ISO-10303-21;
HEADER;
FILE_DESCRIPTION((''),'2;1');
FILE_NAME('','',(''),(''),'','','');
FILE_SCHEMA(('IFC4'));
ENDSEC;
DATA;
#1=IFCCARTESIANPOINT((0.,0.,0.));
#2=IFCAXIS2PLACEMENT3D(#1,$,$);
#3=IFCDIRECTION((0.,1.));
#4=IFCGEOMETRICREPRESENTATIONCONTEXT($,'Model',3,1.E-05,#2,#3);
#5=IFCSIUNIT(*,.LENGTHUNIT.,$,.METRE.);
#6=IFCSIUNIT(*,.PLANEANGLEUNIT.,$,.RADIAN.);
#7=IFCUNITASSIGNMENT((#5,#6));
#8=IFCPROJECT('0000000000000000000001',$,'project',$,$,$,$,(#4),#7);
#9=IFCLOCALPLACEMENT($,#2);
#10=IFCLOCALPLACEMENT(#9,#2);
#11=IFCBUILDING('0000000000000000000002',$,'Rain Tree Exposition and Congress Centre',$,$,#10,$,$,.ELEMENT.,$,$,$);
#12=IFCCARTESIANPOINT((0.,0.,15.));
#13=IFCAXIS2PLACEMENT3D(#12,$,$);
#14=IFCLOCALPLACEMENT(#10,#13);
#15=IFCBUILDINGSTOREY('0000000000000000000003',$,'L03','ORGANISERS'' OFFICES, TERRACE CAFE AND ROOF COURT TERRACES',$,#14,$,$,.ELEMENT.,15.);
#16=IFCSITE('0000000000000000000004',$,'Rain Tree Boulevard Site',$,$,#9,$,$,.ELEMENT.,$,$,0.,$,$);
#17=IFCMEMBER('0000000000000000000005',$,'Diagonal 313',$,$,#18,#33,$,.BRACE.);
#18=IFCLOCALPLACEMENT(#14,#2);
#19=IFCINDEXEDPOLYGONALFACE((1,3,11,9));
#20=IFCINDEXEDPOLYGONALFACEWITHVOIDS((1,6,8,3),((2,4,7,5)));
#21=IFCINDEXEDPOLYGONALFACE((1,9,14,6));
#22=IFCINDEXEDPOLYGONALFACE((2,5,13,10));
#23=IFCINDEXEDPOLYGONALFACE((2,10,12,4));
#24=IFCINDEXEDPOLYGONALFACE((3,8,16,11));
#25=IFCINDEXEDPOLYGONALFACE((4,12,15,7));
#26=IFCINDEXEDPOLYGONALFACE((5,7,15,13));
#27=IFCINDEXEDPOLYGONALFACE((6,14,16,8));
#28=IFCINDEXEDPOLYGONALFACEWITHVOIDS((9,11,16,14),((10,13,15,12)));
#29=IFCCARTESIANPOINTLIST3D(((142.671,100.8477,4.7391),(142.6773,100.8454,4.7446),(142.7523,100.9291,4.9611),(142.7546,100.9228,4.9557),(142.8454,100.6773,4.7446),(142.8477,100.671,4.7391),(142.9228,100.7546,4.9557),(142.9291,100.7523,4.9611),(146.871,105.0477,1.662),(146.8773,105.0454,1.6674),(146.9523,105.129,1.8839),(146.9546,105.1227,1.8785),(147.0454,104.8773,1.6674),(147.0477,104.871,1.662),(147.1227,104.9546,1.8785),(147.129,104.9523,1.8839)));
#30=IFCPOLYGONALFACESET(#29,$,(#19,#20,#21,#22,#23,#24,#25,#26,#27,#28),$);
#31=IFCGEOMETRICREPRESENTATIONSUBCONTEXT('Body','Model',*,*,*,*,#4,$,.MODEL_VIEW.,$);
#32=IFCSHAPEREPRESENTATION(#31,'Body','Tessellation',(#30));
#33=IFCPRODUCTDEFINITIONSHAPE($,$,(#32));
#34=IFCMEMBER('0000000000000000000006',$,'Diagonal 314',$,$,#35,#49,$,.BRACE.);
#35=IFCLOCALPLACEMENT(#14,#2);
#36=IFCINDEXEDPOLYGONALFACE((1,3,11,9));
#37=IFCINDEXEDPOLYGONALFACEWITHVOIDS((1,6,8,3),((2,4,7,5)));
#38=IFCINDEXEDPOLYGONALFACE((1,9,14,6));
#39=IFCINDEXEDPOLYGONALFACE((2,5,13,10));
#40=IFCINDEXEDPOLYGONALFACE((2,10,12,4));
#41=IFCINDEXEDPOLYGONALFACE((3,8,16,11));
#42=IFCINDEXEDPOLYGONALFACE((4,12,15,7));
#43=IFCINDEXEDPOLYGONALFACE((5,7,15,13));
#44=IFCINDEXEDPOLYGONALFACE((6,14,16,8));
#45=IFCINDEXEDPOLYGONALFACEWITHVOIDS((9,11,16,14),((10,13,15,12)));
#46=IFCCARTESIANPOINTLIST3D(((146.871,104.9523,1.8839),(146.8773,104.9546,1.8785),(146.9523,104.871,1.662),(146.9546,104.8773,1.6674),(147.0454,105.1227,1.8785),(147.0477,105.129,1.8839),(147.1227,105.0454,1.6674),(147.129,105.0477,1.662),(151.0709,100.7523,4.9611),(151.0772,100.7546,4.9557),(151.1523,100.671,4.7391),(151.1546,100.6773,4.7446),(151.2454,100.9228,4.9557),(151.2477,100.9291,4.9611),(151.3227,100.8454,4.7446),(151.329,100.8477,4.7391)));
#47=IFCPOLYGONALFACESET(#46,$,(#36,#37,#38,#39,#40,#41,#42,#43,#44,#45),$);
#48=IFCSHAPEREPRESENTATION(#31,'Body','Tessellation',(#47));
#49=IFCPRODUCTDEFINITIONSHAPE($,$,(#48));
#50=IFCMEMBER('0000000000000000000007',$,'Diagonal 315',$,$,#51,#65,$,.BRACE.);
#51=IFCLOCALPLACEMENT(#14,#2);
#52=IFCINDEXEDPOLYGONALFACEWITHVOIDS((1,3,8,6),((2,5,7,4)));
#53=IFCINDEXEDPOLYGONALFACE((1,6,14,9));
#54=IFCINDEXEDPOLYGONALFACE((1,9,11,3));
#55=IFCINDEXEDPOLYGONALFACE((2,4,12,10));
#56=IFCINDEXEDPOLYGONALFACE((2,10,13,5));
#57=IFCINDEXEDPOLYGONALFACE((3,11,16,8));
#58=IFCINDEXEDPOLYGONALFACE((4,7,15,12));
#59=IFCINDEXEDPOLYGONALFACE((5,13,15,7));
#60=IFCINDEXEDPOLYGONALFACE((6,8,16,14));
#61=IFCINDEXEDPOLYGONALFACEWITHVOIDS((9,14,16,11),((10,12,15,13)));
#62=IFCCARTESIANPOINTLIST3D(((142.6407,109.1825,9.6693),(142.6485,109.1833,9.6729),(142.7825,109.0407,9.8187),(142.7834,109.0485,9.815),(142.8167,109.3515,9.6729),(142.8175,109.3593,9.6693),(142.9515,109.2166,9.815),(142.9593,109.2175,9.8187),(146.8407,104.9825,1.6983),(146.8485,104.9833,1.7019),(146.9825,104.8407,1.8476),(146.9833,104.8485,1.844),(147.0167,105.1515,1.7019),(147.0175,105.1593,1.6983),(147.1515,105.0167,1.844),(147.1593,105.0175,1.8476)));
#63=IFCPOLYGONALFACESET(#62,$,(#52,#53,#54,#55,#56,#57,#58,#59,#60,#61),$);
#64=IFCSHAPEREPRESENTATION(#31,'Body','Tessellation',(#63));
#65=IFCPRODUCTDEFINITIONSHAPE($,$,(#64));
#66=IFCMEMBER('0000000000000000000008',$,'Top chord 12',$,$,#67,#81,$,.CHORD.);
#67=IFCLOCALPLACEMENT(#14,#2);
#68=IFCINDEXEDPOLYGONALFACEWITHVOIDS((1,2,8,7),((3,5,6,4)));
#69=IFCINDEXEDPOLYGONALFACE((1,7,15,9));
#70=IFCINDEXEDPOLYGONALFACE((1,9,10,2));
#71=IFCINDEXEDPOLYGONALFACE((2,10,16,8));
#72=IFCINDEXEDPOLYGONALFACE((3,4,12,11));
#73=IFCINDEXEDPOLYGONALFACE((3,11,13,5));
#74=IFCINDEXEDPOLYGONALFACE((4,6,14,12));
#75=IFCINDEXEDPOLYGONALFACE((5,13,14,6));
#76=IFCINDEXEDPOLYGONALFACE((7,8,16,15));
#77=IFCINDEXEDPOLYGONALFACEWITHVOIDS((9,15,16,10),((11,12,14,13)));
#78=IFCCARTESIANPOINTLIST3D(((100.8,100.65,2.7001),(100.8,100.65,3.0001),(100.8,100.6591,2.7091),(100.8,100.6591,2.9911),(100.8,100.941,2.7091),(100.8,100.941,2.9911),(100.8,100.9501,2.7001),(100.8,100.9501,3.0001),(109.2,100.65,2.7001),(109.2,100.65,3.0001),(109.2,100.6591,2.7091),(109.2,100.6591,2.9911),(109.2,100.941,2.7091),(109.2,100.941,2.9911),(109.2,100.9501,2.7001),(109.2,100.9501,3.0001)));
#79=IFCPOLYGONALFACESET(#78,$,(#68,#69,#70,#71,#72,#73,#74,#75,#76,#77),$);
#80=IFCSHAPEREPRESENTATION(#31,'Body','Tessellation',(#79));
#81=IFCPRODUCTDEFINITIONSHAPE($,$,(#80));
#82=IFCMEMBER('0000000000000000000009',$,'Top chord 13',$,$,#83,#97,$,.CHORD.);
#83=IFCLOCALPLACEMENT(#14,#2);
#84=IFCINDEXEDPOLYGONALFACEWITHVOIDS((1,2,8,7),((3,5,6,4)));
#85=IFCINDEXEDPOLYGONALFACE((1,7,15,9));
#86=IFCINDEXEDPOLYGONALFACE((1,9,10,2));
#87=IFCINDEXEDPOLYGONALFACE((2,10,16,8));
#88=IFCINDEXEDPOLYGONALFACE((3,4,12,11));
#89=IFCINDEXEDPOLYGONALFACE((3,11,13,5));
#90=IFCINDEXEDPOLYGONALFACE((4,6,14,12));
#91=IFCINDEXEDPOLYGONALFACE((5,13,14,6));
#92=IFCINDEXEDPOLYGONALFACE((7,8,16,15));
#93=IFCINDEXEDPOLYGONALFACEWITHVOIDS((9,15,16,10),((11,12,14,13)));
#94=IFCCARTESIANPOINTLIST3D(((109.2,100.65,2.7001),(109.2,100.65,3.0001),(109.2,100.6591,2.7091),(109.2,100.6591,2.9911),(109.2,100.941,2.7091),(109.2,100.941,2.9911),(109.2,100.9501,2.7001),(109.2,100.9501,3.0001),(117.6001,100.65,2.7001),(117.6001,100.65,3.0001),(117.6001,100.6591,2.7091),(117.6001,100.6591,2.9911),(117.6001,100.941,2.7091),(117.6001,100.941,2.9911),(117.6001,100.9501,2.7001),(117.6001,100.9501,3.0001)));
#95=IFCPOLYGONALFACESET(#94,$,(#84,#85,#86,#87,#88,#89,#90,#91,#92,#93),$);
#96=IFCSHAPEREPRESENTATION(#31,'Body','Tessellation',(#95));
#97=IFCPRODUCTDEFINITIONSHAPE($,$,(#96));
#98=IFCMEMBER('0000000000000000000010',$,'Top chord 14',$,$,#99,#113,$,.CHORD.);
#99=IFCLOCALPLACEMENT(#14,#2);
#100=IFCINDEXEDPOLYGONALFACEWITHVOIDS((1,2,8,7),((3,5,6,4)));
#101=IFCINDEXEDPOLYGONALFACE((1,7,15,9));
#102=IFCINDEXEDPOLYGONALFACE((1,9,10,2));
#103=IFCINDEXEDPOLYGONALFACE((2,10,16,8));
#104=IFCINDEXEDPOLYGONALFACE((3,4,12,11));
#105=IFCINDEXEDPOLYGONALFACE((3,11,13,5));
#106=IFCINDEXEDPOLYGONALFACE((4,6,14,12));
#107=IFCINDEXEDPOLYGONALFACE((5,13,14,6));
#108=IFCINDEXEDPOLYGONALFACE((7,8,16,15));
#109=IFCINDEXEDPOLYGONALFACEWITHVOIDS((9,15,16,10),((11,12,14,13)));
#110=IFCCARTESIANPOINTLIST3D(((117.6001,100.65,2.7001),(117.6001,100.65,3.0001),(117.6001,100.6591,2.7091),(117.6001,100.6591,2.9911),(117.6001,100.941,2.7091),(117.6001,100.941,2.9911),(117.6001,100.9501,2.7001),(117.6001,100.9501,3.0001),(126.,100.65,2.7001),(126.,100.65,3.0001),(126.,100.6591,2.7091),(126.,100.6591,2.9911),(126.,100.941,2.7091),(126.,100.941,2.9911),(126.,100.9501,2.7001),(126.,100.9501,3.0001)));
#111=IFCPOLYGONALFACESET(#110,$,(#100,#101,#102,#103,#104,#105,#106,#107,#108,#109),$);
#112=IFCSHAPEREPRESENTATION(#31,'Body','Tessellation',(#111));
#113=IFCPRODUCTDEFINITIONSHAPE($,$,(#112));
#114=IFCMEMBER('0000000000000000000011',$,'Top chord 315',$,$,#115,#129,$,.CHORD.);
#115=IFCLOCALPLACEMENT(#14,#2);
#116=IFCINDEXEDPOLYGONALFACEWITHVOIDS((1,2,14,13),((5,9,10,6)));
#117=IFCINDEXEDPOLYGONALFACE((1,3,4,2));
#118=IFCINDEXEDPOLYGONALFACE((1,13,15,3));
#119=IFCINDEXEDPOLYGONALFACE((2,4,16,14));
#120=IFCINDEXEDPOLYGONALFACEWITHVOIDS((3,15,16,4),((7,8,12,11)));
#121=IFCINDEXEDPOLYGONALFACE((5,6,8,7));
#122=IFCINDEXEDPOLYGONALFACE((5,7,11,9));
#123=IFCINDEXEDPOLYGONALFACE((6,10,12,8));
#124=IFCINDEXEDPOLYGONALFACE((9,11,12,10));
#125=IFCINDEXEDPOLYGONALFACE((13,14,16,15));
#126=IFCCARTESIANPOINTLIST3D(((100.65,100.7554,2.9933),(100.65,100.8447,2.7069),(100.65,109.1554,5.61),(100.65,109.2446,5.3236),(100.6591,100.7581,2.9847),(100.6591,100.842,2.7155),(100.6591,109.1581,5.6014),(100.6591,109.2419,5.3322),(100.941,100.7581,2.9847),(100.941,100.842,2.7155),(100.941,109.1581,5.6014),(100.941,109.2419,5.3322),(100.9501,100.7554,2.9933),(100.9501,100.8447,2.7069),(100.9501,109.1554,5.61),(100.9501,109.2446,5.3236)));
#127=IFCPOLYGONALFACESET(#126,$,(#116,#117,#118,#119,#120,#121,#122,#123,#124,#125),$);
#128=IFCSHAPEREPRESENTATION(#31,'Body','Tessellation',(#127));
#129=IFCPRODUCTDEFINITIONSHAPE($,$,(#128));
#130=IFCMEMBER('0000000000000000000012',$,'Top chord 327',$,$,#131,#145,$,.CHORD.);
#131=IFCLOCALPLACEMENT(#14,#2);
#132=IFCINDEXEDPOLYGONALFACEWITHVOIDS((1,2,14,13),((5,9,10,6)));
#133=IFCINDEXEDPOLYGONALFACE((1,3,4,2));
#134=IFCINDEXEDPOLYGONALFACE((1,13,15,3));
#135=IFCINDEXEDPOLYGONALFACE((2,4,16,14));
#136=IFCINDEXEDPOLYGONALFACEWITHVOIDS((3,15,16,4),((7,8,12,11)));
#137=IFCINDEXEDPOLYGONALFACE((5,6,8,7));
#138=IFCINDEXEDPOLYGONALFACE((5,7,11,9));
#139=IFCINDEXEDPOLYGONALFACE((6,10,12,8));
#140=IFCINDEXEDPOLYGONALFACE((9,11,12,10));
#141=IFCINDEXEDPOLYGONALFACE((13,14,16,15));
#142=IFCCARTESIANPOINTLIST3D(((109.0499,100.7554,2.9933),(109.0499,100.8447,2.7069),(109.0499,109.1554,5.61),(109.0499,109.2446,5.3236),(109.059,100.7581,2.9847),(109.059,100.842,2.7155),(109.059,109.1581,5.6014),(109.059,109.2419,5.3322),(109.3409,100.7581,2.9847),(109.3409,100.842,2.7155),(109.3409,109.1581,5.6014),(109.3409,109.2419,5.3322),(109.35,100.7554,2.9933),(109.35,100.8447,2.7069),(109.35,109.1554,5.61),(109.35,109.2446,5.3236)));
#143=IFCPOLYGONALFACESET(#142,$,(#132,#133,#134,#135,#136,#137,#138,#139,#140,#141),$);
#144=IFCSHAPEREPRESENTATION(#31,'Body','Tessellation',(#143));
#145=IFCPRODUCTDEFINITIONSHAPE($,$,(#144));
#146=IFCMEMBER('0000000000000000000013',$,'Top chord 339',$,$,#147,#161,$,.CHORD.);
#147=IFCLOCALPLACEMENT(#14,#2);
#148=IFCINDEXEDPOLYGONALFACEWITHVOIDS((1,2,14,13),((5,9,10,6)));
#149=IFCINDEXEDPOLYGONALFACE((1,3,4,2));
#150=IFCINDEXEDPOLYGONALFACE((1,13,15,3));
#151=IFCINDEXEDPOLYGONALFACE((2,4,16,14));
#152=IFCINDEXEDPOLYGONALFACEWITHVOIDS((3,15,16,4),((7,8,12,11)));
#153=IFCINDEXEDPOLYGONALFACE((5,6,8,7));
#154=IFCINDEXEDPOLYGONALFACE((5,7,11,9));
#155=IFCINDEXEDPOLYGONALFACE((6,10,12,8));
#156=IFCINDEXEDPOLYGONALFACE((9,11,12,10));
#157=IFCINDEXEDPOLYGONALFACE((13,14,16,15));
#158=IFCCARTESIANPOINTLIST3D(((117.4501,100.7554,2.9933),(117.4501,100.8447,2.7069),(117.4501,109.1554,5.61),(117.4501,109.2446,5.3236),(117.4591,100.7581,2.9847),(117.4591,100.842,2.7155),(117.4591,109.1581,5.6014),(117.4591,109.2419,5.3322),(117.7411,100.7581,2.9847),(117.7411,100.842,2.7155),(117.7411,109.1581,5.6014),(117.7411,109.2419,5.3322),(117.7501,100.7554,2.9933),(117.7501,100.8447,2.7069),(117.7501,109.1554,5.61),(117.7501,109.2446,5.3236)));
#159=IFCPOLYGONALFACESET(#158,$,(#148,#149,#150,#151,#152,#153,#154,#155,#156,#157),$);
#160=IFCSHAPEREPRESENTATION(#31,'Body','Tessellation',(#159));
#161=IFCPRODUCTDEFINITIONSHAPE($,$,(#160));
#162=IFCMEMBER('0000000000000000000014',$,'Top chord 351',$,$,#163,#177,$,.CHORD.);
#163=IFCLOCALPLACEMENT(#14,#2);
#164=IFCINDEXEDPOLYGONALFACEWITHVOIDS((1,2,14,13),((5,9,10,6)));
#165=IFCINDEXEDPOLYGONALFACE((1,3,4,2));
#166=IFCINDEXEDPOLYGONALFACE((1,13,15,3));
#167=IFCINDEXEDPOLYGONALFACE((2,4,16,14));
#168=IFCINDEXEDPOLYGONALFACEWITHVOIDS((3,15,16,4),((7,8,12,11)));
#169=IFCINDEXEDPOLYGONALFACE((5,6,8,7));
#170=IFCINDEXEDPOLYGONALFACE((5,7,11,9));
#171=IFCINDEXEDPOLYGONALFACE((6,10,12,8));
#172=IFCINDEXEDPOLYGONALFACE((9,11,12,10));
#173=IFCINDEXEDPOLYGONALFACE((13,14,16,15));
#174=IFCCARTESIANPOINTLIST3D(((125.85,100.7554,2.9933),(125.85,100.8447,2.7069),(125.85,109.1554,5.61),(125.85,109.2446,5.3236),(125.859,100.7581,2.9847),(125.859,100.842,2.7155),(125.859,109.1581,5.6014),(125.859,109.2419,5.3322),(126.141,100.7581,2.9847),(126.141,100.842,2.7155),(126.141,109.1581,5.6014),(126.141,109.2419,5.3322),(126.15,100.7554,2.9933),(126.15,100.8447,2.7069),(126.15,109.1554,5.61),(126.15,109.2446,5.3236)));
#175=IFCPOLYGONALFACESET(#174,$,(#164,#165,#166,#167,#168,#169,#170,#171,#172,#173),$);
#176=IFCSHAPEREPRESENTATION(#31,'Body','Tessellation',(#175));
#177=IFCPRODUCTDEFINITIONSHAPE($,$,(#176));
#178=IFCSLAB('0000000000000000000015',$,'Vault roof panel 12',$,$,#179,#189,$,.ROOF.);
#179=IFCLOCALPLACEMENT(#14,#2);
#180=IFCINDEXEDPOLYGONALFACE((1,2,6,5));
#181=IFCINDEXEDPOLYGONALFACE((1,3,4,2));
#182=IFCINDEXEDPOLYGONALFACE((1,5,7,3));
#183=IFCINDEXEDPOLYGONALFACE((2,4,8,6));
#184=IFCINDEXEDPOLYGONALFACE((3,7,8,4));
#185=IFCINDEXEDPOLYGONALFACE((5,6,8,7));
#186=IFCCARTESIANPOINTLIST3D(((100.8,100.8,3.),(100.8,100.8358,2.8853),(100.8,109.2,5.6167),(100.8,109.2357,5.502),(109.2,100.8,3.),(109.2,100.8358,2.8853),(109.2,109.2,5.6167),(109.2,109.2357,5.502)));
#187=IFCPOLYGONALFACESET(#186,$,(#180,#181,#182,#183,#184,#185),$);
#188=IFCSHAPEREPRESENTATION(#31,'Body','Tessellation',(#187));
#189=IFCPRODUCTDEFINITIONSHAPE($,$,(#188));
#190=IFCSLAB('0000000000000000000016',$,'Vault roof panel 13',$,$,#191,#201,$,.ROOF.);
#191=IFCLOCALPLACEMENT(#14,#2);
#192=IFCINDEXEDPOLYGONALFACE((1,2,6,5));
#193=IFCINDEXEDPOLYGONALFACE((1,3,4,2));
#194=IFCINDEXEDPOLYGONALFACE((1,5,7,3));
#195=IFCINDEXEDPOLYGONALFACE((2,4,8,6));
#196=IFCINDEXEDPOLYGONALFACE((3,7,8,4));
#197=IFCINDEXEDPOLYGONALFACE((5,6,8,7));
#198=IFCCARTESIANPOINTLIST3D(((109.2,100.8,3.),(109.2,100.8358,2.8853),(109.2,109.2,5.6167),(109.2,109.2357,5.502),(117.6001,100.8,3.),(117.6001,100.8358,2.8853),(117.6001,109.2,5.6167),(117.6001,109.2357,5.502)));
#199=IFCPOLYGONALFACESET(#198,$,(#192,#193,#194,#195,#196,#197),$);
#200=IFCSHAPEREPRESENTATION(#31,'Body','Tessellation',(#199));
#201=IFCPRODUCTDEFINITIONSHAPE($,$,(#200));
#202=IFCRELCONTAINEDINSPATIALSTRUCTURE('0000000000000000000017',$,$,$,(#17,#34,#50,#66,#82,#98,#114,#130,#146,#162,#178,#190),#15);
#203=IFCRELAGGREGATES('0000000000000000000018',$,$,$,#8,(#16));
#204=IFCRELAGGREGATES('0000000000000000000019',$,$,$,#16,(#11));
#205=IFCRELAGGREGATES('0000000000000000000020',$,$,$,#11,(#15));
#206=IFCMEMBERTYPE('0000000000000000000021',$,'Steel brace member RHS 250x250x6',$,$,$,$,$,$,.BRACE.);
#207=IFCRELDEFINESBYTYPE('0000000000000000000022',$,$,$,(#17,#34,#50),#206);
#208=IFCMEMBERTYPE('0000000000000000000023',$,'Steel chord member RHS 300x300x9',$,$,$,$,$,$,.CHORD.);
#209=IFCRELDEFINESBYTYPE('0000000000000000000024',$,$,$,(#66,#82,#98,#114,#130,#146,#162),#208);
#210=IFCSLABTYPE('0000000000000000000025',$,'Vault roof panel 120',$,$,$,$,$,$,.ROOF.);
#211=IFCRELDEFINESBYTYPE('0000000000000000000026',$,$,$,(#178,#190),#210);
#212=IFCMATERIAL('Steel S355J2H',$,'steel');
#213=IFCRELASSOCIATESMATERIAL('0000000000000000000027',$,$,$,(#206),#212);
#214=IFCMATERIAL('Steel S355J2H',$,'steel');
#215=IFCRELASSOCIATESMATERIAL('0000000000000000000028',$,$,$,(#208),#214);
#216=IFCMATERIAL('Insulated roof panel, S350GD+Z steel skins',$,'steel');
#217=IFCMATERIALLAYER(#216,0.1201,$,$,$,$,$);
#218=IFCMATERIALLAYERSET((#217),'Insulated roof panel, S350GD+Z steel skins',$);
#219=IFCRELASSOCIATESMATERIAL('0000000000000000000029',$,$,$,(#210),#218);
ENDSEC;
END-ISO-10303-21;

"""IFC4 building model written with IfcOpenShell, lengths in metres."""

from ifc_helpers import new_model, si_unit, direction, frame, origin, origin_2d, place, context, subcontext, project, spatial, polyline, hollow_rectangle, outline, extrude, material, layer, layer_set, material_profile, profile_set, type_object, element, save


model = new_model("IFC4")

# Units and contexts
model_context = context("Model", 3, precision=1e-05, world=origin(), true_north=direction((0.0, 1.0)))
body_context = subcontext(model_context, "Body", "Model", "MODEL_VIEW")
ifc_project = project(units=[si_unit("LENGTHUNIT", "METRE"), si_unit("PLANEANGLEUNIT", "RADIAN")], contexts=[model_context])

# Site, building, storey
site_placement = place(None, origin())
site = spatial("IfcSite", under=ifc_project, at=site_placement, Name="Rain Tree Boulevard Site", CompositionType="ELEMENT", RefElevation=0.0)
building_placement = place(site_placement, origin())
building = spatial("IfcBuilding", under=site, at=building_placement, Name="Rain Tree Exposition and Congress Centre", CompositionType="ELEMENT")
storey_placement = place(building_placement, frame((0.0, 0.0, 15.0)))
storey = spatial("IfcBuildingStorey", under=building, at=storey_placement, Name="L03", Description="ORGANISERS' OFFICES, TERRACE CAFE AND ROOF COURT TERRACES", CompositionType="ELEMENT", Elevation=15.0)

# Members
ifc_material_1 = material(Name="Steel S355J2H", Category="steel")
ifc_material_profile_1 = material_profile(ifc_material_1, hollow_rectangle(XDim=0.25, YDim=0.25, WallThickness=0.0061, at=origin_2d()), Name="RHS 250x250x6")
ifc_profile_set_1 = profile_set([ifc_material_profile_1], Name="Steel S355J2H")
member_type_1 = type_object("IfcMemberType", Name="Steel brace member RHS 250x250x6", PredefinedType="BRACE", material=ifc_profile_set_1)
for number, where, z_axis, x_axis, name in (
    (1, (147.0, 105.0, 1.7729), (-0.627852, -0.627852, 0.460004), (0.707107, -0.707107, 0.0), "Diagonal 313"),
    (2, (147.0, 105.0, 1.7729), (0.627852, -0.627852, 0.460004), (0.707107, 0.707107, 0.0), "Diagonal 314"),
):
    element("IfcMember", number, at=place(storey_placement, frame(where, z_axis=z_axis, x_axis=x_axis)), inside=storey, type_object=member_type_1, Name=name, PredefinedType="BRACE", context=body_context, shape_type="SweptSolid", body=[
        extrude(hollow_rectangle(XDim=0.25, YDim=0.25, WallThickness=0.0061, at=origin_2d()), origin(), (0.0, 0.0, 1.0), 6.6895),
    ])
member_1_placement = place(storey_placement, frame((147.0, 105.0, 1.7729), z_axis=(-0.422506, 0.422506, 0.801859), x_axis=(-0.707107, -0.707107, 0.0)))
element("IfcMember", 3, at=member_1_placement, inside=storey, type_object=member_type_1, Name="Diagonal 315", PredefinedType="BRACE", context=body_context, shape_type="SweptSolid", body=[
    extrude(hollow_rectangle(XDim=0.25, YDim=0.25, WallThickness=0.0061, at=origin_2d()), origin(), (0.0, 0.0, 1.0), 9.9407),
])
ifc_material_2 = material(Name="Steel S355J2H", Category="steel")
ifc_material_profile_2 = material_profile(ifc_material_2, hollow_rectangle(XDim=0.3, YDim=0.3, WallThickness=0.009, at=origin_2d()), Name="RHS 300x300x9")
ifc_profile_set_2 = profile_set([ifc_material_profile_2], Name="Steel S355J2H")
member_type_2 = type_object("IfcMemberType", Name="Steel chord member RHS 300x300x9", PredefinedType="CHORD", material=ifc_profile_set_2)
member_2_placement = place(storey_placement, frame((100.8, 100.8, 2.8501), z_axis=(1.0, 0.0, 0.0), x_axis=(0.0, 1.0, 0.0)))
element("IfcMember", 4, at=member_2_placement, inside=storey, type_object=member_type_2, Name="Top chord 12", PredefinedType="CHORD", context=body_context, shape_type="SweptSolid", body=[
    extrude(hollow_rectangle(XDim=0.3, YDim=0.3, WallThickness=0.009, at=origin_2d()), origin(), (0.0, 0.0, 1.0), 8.3999),
])
member_3_placement = place(storey_placement, frame((109.2, 100.8, 2.8501), z_axis=(1.0, 0.0, 0.0), x_axis=(0.0, 1.0, 0.0)))
element("IfcMember", 5, at=member_3_placement, inside=storey, type_object=member_type_2, Name="Top chord 13", PredefinedType="CHORD", context=body_context, shape_type="SweptSolid", body=[
    extrude(hollow_rectangle(XDim=0.3, YDim=0.3, WallThickness=0.009, at=origin_2d()), origin(), (0.0, 0.0, 1.0), 8.4001),
])
member_4_placement = place(storey_placement, frame((117.6001, 100.8, 2.8501), z_axis=(1.0, 0.0, 0.0), x_axis=(0.0, 1.0, 0.0)))
element("IfcMember", 6, at=member_4_placement, inside=storey, type_object=member_type_2, Name="Top chord 14", PredefinedType="CHORD", context=body_context, shape_type="SweptSolid", body=[
    extrude(hollow_rectangle(XDim=0.3, YDim=0.3, WallThickness=0.009, at=origin_2d()), origin(), (0.0, 0.0, 1.0), 8.3999),
])
for number, where, z_axis, x_axis, name in (
    (7, (100.8, 100.8, 2.8501), (0.0, 0.954747, 0.297418), (-1.0, 0.0, 0.0), "Top chord 315"),
    (8, (109.2, 100.8, 2.8501), (0.0, 0.954747, 0.297418), (-1.0, 0.0, 0.0), "Top chord 327"),
    (9, (117.6001, 100.8, 2.8501), (0.0, 0.954747, 0.297418), (-1.0, 0.0, 0.0), "Top chord 339"),
    (10, (126.0, 100.8, 2.8501), (0.0, 0.954747, 0.297418), (-1.0, 0.0, 0.0), "Top chord 351"),
):
    element("IfcMember", number, at=place(storey_placement, frame(where, z_axis=z_axis, x_axis=x_axis)), inside=storey, type_object=member_type_2, Name=name, PredefinedType="CHORD", context=body_context, shape_type="SweptSolid", body=[
        extrude(hollow_rectangle(XDim=0.3, YDim=0.3, WallThickness=0.009, at=origin_2d()), origin(), (0.0, 0.0, 1.0), 8.7981),
    ])

# Slabs
ifc_material_3 = material(Name="Insulated roof panel, S350GD+Z steel skins", Category="steel")
ifc_layer_1 = layer(ifc_material_3, 0.1201)
ifc_layer_set_1 = layer_set([ifc_layer_1], Name="Insulated roof panel, S350GD+Z steel skins")
slab_type = type_object("IfcSlabType", Name="Vault roof panel 120", PredefinedType="ROOF", material=ifc_layer_set_1)
slab_1_placement = place(storey_placement, frame((100.8, 100.8, 3.0), z_axis=(0.0, -0.297418, 0.954747), x_axis=(1.0, 0.0, 0.0)))
element("IfcSlab", 11, at=slab_1_placement, inside=storey, type_object=slab_type, Name="Vault roof panel 12", PredefinedType="ROOF", context=body_context, shape_type="SweptSolid", body=[
    extrude(outline(polyline([(0.0, 0.0), (8.3999, 0.0), (8.3999, 8.798), (0.0, 8.798), (0.0, 0.0)])), origin(), (0.0, 0.0, -1.0), 0.1201),
])
slab_2_placement = place(storey_placement, frame((109.2, 100.8, 3.0), z_axis=(0.0, -0.297418, 0.954747), x_axis=(1.0, 0.0, 0.0)))
element("IfcSlab", 12, at=slab_2_placement, inside=storey, type_object=slab_type, Name="Vault roof panel 13", PredefinedType="ROOF", context=body_context, shape_type="SweptSolid", body=[
    extrude(outline(polyline([(0.0, 0.0), (8.4001, 0.0), (8.4001, 8.798), (0.0, 8.798), (0.0, 0.0)])), origin(), (0.0, 0.0, -1.0), 0.1201),
])

save(model, "model.ifc")
